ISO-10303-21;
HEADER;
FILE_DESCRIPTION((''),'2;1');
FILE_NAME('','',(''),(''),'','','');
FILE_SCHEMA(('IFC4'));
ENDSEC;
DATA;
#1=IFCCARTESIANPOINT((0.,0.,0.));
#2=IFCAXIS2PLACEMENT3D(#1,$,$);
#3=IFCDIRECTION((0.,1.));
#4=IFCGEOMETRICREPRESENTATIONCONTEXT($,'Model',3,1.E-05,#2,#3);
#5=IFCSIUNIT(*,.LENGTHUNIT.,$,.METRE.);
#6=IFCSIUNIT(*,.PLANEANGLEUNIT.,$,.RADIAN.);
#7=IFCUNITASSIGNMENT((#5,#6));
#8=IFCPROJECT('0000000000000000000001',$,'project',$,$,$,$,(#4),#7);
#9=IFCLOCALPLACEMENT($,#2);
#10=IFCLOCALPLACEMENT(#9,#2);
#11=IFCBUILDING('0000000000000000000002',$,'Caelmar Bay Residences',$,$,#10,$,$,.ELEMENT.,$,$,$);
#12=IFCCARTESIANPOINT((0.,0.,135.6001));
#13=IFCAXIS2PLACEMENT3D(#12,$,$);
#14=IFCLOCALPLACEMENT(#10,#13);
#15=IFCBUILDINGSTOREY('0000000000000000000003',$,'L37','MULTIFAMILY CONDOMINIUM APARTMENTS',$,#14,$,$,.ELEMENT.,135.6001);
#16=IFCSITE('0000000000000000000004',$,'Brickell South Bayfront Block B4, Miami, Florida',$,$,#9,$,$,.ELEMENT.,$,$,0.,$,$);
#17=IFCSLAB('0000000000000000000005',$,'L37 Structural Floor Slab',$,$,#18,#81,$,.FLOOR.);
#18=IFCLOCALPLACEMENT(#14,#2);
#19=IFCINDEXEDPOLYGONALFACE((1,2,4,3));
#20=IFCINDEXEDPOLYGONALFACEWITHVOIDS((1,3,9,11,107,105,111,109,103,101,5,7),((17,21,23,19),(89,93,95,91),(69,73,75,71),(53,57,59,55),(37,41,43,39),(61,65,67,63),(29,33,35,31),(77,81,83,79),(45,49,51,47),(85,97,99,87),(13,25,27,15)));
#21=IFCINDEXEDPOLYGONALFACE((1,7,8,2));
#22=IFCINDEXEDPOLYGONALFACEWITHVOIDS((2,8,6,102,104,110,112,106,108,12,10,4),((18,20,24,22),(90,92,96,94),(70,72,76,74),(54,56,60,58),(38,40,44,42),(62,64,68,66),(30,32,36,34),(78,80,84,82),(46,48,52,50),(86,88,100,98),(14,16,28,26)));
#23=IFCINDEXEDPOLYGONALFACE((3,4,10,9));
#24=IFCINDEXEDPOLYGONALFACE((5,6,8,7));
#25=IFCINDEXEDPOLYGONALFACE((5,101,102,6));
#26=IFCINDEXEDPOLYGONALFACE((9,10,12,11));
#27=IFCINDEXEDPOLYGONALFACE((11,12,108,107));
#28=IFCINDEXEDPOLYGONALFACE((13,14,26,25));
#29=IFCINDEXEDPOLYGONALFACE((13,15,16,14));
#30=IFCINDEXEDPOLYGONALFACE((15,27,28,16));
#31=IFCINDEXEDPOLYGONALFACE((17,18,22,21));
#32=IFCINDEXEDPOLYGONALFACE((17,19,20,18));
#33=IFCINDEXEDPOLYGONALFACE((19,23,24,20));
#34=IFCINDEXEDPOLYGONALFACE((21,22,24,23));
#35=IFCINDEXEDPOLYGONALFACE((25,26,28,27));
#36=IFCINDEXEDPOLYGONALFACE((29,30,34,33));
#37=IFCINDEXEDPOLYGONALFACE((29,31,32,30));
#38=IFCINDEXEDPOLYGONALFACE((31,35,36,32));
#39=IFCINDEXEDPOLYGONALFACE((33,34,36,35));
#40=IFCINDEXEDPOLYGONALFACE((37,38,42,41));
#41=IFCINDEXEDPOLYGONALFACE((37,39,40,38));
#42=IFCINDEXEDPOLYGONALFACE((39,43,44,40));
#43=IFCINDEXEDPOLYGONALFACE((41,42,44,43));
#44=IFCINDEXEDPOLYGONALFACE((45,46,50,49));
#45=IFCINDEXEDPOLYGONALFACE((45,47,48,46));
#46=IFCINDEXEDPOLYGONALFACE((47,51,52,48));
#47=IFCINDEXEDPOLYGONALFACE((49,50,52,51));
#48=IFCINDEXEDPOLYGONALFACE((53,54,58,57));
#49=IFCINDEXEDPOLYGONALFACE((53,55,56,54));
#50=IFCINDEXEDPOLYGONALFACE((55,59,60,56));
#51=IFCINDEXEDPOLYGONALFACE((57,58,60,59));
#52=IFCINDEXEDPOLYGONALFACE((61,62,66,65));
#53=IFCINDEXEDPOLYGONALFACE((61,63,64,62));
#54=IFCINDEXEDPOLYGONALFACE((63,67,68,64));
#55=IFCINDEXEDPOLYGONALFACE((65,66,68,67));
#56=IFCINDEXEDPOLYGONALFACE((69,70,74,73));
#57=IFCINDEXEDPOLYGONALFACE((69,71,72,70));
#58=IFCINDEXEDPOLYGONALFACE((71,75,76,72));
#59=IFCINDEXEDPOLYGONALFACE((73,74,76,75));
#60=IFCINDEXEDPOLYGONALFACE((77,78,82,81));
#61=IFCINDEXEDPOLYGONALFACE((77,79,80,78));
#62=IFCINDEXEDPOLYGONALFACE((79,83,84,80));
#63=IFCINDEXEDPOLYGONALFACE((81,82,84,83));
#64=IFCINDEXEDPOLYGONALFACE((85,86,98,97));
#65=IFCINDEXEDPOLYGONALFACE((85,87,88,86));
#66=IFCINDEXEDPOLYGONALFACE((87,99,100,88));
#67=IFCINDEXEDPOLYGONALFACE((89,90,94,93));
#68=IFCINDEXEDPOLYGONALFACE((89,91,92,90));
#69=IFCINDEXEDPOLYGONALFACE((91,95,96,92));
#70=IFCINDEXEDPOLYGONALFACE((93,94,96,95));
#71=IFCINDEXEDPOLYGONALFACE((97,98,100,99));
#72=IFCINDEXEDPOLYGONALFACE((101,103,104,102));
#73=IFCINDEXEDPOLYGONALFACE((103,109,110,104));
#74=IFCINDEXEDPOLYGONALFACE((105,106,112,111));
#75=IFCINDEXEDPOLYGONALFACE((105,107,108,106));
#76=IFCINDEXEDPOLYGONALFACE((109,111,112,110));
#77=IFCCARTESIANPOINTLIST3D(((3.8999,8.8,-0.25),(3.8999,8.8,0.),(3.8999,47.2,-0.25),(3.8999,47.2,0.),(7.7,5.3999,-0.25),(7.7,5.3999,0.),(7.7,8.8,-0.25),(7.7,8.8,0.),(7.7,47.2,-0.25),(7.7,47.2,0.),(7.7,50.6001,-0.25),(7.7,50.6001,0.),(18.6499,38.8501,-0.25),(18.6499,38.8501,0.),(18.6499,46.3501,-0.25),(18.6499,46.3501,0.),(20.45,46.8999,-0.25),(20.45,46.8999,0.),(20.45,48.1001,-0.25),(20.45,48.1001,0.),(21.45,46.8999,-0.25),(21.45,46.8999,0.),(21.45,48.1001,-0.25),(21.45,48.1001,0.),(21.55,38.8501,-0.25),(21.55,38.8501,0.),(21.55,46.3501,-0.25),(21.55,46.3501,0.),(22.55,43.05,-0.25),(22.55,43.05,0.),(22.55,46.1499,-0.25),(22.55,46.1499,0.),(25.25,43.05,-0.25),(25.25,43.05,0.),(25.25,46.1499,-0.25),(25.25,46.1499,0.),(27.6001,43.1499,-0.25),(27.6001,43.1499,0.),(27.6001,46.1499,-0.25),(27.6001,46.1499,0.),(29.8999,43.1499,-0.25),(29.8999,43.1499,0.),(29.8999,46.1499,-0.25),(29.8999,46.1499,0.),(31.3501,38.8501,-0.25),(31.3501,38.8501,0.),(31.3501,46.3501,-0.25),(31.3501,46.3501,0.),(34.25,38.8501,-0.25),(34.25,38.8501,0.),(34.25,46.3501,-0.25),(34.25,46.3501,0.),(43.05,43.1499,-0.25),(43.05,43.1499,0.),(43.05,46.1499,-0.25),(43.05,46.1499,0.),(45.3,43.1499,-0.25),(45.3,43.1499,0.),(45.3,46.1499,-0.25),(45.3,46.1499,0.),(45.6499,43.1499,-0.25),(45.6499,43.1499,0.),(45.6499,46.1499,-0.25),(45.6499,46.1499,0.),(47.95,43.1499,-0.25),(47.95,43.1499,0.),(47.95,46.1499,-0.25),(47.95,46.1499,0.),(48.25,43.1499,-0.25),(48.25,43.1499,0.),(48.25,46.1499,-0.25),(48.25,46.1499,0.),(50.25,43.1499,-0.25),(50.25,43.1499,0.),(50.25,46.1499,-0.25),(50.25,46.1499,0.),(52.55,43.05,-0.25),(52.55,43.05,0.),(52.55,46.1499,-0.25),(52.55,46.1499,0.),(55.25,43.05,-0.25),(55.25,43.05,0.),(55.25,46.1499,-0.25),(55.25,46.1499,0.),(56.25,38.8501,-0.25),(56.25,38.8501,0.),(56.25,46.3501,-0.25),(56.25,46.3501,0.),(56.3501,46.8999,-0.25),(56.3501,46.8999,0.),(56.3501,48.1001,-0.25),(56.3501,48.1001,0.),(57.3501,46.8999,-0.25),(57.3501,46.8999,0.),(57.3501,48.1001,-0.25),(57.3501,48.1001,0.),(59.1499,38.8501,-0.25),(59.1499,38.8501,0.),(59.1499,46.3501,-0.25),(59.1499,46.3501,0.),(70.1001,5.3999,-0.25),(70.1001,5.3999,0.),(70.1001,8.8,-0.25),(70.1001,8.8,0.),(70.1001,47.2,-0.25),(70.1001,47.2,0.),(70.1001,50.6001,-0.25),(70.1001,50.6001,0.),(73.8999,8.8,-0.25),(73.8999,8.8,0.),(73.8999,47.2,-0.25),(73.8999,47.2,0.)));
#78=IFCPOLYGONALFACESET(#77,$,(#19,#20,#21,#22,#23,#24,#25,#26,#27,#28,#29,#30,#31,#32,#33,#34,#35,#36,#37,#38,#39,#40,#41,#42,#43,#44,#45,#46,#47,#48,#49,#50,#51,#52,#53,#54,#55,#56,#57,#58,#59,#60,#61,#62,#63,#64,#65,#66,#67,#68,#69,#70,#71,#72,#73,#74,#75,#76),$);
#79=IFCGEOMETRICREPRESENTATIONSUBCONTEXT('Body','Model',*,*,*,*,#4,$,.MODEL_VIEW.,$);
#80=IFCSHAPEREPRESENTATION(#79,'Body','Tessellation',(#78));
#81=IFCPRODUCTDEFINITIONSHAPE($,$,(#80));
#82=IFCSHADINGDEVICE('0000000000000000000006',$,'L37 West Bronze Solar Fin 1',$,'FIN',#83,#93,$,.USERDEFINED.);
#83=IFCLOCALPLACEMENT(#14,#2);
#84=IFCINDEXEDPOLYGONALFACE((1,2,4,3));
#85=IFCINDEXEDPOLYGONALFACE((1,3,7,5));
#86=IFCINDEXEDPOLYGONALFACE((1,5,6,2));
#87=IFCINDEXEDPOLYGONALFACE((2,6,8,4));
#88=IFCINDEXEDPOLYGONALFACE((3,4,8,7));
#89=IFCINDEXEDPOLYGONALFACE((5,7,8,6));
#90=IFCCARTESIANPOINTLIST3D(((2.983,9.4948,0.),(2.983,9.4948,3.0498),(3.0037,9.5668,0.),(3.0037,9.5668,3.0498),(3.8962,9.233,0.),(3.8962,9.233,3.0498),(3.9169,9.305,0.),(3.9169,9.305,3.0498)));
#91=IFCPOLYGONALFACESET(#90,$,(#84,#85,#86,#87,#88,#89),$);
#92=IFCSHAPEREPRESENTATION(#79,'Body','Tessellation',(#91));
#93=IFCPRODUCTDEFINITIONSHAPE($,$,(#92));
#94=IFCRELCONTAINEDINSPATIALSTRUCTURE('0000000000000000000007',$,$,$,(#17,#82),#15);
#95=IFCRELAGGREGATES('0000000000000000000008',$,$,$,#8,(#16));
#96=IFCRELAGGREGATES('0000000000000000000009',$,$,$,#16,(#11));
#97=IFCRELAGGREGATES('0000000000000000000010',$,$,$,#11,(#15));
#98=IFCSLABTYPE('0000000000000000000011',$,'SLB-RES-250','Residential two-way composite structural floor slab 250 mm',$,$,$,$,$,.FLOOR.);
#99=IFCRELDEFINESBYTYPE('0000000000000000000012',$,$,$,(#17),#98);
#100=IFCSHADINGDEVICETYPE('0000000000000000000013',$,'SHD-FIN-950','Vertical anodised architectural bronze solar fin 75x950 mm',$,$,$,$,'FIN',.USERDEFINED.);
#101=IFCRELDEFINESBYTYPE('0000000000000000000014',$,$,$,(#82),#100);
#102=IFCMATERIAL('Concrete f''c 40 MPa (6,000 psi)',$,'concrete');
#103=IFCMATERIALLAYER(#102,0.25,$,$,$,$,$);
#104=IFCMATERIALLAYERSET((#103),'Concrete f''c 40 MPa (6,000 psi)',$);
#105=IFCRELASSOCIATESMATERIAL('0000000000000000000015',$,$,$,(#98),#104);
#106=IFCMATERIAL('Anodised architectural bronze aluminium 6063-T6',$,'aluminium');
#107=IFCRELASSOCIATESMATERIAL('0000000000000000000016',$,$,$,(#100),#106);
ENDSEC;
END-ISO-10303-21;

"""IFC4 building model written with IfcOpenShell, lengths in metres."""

from ifc_helpers import new_model, si_unit, direction, frame, origin, origin_2d, place, context, subcontext, project, spatial, polyline, rectangle, outline, extrude, material, layer, layer_set, material_profile, profile_set, type_object, element, save


model = new_model("IFC4")

# Units and contexts
model_context = context("Model", 3, precision=1e-05, world=origin(), true_north=direction((0.0, 1.0)))
body_context = subcontext(model_context, "Body", "Model", "MODEL_VIEW")
ifc_project = project(units=[si_unit("LENGTHUNIT", "METRE"), si_unit("PLANEANGLEUNIT", "RADIAN")], contexts=[model_context])

# Site, building, storey
site_placement = place(None, origin())
site = spatial("IfcSite", under=ifc_project, at=site_placement, Name="Brickell South Bayfront Block B4, Miami, Florida", CompositionType="ELEMENT", RefElevation=0.0)
building_placement = place(site_placement, origin())
building = spatial("IfcBuilding", under=site, at=building_placement, Name="Caelmar Bay Residences", CompositionType="ELEMENT")
storey_placement = place(building_placement, frame((0.0, 0.0, 135.6001)))
storey = spatial("IfcBuildingStorey", under=building, at=storey_placement, Name="L37", Description="MULTIFAMILY CONDOMINIUM APARTMENTS", CompositionType="ELEMENT", Elevation=135.6001)

# Shared definitions
ifc_material_1 = material(Name="Concrete f'c 40 MPa (6,000 psi)", Category="concrete")

# Slab
ifc_layer_1 = layer(ifc_material_1, 0.25)
ifc_layer_set_1 = layer_set([ifc_layer_1], Name="Concrete f'c 40 MPa (6,000 psi)")
slab_type_1 = type_object("IfcSlabType", Name="SLB-RES-250", Description="Residential two-way composite structural floor slab 250 mm", PredefinedType="FLOOR", material=ifc_layer_set_1)
slab_1_placement = place(storey_placement, frame((0.0, 0.0, -0.25)))
element("IfcSlab", 1, at=slab_1_placement, inside=storey, type_object=slab_type_1, Name="L37 Structural Floor Slab", PredefinedType="FLOOR", context=body_context, shape_type="SweptSolid", body=[
    extrude(outline(polyline([(7.7, 5.3999), (70.1001, 5.3999), (70.1001, 8.8), (73.8999, 8.8), (73.8999, 47.2), (70.1001, 47.2), (70.1001, 50.6001), (7.7, 50.6001), (7.7, 47.2), (3.8999, 47.2), (3.8999, 8.8), (7.7, 8.8), (7.7, 5.3999)]), holes=[polyline([(18.6499, 38.8501), (21.55, 38.8501), (21.55, 46.3501), (18.6499, 46.3501), (18.6499, 38.8501)]), polyline([(56.25, 38.8501), (59.1499, 38.8501), (59.1499, 46.3501), (56.25, 46.3501), (56.25, 38.8501)]), polyline([(31.3501, 38.8501), (34.25, 38.8501), (34.25, 46.3501), (31.3501, 46.3501), (31.3501, 38.8501)]), polyline([(22.55, 43.05), (25.25, 43.05), (25.25, 46.1499), (22.55, 46.1499), (22.55, 43.05)]), polyline([(52.55, 43.05), (55.25, 43.05), (55.25, 46.1499), (52.55, 46.1499), (52.55, 43.05)]), polyline([(43.05, 43.1499), (45.3, 43.1499), (45.3, 46.1499), (43.05, 46.1499), (43.05, 43.1499)]), polyline([(45.6499, 43.1499), (47.95, 43.1499), (47.95, 46.1499), (45.6499, 46.1499), (45.6499, 43.1499)]), polyline([(48.25, 43.1499), (50.25, 43.1499), (50.25, 46.1499), (48.25, 46.1499), (48.25, 43.1499)]), polyline([(27.6001, 43.1499), (29.8999, 43.1499), (29.8999, 46.1499), (27.6001, 46.1499), (27.6001, 43.1499)]), polyline([(20.45, 46.8999), (21.45, 46.8999), (21.45, 48.1001), (20.45, 48.1001), (20.45, 46.8999)]), polyline([(56.3501, 46.8999), (57.3501, 46.8999), (57.3501, 48.1001), (56.3501, 48.1001), (56.3501, 46.8999)])]), origin(), (0.0, 0.0, 1.0), 0.25),
])

# Shading device
ifc_material_2 = material(Name="Anodised architectural bronze aluminium 6063-T6", Category="aluminium")
ifc_material_profile_1 = material_profile(ifc_material_2, rectangle(XDim=0.075, YDim=0.95, at=origin_2d()), Name="BRONZE-FIN-75X950")
ifc_profile_set_1 = profile_set([ifc_material_profile_1], Name="Anodised architectural bronze aluminium 6063-T6")
shading_device_type = type_object("IfcShadingDeviceType", Name="SHD-FIN-950", Description="Vertical anodised architectural bronze solar fin 75x950 mm", ElementType="FIN", PredefinedType="USERDEFINED", material=ifc_profile_set_1)
shading_device_placement = place(storey_placement, frame((3.45, 9.3999, 0.0), z_axis=(0.0, 0.0, 1.0), x_axis=(0.275637, 0.961262, 0.0)))
element("IfcShadingDevice", 2, at=shading_device_placement, inside=storey, type_object=shading_device_type, Name="L37 West Bronze Solar Fin 1", ObjectType="FIN", PredefinedType="USERDEFINED", context=body_context, shape_type="SweptSolid", body=[
    extrude(rectangle(XDim=0.075, YDim=0.95, at=origin_2d()), origin(), (0.0, 0.0, 1.0), 3.0498),
])

save(model, "model.ifc")
